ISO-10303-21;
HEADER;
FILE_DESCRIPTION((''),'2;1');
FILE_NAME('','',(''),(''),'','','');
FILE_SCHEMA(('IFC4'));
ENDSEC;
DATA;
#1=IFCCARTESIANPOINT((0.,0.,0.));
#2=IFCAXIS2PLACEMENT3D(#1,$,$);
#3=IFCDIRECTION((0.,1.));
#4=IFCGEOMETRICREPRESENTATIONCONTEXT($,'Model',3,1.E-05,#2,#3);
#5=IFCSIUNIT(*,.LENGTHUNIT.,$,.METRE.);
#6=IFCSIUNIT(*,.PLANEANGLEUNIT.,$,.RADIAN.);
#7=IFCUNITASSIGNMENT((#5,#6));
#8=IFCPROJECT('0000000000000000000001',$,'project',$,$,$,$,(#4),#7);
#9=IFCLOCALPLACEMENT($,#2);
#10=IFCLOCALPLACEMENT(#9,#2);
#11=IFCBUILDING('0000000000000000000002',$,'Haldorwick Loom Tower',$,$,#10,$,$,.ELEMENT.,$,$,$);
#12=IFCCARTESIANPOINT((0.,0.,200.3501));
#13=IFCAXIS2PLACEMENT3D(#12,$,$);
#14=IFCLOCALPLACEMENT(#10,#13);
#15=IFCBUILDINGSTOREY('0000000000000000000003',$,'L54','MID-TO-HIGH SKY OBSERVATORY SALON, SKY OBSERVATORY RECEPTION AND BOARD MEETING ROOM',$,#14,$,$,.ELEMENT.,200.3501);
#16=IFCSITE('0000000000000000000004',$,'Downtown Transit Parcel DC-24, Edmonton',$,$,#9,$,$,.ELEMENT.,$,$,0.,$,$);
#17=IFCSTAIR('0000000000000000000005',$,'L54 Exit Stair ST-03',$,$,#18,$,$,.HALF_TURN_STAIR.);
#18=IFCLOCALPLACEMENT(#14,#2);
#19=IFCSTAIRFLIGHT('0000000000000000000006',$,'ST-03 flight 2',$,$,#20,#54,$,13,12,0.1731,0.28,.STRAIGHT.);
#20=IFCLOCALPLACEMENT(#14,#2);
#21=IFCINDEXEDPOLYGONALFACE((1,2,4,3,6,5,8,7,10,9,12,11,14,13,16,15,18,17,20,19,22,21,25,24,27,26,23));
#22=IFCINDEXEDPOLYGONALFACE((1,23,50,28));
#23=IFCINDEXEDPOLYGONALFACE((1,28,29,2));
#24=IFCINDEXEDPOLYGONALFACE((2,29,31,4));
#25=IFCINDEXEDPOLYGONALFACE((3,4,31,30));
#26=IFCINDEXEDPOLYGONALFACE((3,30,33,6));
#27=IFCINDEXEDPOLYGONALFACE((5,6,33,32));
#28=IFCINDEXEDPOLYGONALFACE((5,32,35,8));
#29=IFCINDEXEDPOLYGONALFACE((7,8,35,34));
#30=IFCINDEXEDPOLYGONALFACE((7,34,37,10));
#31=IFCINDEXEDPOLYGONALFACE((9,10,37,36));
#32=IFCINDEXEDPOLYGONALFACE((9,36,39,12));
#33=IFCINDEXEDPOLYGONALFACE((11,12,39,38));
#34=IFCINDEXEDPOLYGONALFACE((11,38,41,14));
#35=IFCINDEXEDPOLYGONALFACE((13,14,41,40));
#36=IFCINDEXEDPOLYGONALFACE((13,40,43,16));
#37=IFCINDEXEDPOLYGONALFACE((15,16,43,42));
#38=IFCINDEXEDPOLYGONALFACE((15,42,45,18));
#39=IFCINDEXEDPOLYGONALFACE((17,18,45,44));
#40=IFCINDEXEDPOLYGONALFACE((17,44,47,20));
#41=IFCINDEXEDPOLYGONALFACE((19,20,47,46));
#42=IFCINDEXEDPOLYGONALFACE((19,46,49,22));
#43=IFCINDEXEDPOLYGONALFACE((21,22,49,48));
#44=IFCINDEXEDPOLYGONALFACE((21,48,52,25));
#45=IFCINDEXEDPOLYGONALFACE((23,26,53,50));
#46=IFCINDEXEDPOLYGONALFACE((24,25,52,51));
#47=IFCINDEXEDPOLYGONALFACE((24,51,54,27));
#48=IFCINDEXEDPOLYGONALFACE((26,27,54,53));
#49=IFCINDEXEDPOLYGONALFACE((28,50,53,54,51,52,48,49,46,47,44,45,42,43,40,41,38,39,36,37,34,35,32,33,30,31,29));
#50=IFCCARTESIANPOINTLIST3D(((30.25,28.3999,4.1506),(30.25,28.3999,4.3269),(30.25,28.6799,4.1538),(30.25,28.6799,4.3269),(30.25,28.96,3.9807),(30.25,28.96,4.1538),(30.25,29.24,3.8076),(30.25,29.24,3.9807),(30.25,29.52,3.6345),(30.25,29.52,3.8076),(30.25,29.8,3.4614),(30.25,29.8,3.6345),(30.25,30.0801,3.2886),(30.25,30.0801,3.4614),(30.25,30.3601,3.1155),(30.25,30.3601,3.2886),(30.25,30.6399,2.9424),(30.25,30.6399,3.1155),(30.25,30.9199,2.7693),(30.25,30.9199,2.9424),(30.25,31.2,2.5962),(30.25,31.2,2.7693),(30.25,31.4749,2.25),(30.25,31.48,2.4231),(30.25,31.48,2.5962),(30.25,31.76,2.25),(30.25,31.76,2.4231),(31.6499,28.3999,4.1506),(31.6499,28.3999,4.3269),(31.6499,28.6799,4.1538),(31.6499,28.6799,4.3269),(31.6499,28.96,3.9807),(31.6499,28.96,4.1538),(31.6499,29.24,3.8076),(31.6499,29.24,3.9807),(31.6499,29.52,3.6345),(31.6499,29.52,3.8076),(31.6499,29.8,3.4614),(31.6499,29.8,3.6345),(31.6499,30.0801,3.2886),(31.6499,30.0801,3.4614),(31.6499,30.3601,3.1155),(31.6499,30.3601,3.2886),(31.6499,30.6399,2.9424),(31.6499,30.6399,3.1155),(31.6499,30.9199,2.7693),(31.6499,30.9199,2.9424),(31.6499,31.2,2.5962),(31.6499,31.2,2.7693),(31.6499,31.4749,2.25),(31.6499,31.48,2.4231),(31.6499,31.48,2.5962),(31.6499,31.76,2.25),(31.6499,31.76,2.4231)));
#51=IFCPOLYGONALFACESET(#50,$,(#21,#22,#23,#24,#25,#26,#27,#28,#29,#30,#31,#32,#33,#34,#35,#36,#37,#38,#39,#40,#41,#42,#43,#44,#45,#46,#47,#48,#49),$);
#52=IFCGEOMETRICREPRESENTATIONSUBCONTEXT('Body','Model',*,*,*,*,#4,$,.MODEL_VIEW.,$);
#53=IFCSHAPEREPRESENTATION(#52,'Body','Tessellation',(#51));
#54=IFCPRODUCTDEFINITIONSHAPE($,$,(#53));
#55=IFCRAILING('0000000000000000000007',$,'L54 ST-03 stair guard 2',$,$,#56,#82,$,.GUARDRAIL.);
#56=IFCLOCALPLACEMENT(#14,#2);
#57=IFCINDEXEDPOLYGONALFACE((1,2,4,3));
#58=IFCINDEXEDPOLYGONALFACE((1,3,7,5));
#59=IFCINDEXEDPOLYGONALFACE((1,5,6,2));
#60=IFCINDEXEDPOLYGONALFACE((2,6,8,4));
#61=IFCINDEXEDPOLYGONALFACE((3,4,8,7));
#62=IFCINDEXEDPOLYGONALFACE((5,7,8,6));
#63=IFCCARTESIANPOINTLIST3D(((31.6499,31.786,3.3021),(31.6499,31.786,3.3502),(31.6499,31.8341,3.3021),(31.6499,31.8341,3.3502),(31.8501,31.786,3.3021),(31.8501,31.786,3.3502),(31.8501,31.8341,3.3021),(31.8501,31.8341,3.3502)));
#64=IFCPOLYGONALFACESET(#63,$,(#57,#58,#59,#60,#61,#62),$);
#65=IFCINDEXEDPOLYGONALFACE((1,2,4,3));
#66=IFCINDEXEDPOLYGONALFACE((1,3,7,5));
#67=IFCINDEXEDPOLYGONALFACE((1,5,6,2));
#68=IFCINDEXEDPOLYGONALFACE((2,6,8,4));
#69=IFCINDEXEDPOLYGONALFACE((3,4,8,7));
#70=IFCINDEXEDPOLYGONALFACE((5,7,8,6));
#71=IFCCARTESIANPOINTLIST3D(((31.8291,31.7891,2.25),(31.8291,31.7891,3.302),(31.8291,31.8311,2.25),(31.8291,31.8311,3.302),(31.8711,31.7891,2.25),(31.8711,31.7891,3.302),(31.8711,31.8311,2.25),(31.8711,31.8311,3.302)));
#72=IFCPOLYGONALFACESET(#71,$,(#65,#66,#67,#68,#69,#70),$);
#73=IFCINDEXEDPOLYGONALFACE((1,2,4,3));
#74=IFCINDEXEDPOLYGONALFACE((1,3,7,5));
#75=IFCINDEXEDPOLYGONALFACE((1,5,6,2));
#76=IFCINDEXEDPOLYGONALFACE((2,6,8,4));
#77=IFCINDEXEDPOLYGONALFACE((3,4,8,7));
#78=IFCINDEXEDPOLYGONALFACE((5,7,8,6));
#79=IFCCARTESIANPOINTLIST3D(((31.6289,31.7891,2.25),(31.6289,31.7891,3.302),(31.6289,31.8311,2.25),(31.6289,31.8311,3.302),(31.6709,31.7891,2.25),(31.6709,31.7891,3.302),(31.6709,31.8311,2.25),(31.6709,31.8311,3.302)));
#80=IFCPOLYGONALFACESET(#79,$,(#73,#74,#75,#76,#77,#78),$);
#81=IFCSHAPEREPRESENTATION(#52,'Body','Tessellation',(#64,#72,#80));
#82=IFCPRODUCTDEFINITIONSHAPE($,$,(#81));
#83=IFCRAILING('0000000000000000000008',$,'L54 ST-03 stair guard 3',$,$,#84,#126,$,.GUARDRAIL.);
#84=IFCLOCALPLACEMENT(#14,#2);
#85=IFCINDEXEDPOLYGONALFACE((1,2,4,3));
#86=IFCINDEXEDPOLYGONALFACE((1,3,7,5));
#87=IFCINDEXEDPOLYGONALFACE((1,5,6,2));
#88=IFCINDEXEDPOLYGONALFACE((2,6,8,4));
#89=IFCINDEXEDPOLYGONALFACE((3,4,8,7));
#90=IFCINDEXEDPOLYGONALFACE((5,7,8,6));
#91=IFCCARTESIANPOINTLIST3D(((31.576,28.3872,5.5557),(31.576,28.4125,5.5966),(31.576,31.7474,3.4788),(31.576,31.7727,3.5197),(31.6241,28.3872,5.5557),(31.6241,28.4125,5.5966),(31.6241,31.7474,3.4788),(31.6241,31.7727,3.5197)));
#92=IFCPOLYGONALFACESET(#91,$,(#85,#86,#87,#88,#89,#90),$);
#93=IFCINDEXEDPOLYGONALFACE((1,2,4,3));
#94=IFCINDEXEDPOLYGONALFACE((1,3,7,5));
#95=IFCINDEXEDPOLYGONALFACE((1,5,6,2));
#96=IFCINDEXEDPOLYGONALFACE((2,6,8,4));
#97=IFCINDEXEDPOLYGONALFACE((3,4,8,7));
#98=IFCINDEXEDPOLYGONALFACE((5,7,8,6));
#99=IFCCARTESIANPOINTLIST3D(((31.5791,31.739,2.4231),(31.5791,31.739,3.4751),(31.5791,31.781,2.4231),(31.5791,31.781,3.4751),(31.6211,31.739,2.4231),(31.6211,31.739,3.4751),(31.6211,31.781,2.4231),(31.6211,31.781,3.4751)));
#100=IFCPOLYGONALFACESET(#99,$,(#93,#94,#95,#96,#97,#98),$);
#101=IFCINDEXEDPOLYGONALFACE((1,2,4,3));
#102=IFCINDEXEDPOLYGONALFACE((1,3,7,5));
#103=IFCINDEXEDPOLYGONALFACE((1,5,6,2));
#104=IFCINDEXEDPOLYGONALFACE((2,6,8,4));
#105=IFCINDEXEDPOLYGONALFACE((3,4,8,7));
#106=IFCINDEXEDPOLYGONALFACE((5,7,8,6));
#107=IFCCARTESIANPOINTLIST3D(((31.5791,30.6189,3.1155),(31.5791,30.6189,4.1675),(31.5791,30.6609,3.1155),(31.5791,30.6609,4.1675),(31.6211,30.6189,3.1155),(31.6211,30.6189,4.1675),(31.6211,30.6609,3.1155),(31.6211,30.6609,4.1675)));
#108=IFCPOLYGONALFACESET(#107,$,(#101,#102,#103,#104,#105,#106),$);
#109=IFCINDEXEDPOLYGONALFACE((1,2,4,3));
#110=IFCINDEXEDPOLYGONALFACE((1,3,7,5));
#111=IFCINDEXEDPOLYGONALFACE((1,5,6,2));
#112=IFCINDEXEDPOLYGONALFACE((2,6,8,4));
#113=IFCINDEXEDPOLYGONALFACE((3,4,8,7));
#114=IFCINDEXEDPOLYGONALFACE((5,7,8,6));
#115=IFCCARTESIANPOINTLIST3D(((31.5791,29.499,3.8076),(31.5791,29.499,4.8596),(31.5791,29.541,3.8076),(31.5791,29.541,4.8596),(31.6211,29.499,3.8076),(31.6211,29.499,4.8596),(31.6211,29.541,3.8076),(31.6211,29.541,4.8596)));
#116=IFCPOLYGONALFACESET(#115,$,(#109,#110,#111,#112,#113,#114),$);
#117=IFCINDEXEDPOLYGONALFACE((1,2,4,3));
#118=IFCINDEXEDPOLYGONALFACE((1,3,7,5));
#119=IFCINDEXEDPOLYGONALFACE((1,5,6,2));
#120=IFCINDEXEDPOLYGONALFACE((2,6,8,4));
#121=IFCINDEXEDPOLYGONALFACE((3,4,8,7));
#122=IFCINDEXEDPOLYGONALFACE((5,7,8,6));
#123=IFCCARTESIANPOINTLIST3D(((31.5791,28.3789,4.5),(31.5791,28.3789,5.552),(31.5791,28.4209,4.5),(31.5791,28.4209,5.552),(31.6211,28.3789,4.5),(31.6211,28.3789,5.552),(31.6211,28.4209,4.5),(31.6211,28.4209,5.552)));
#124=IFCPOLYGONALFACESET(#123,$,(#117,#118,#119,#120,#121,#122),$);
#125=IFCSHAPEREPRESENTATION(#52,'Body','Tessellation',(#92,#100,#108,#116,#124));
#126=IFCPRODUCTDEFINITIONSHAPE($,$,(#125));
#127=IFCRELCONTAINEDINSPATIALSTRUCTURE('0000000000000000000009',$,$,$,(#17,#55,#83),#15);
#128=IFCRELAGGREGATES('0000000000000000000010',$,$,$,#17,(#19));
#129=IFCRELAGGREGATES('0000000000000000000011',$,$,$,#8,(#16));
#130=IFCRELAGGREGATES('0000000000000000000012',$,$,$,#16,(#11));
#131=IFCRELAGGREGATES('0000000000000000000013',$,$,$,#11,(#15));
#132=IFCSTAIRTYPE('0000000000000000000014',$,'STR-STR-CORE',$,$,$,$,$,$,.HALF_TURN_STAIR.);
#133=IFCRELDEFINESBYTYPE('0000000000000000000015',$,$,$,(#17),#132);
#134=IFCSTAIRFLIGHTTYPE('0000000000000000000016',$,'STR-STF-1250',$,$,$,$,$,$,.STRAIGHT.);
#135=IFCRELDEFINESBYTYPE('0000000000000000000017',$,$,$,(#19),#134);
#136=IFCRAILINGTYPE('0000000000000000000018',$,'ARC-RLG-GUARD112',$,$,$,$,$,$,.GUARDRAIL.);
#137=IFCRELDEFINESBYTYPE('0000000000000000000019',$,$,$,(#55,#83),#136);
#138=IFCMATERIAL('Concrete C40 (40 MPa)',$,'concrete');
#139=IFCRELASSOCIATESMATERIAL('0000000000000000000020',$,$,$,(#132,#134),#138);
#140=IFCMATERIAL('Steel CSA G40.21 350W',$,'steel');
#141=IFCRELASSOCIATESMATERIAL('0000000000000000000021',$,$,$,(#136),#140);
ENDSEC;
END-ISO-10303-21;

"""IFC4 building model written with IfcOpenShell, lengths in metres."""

from ifc_helpers import new_model, si_unit, direction, frame, origin, origin_2d, place, context, subcontext, project, spatial, polyline, rectangle, outline, extrude, material, type_object, element, aggregate, save


model = new_model("IFC4")

# Units and contexts
model_context = context("Model", 3, precision=1e-05, world=origin(), true_north=direction((0.0, 1.0)))
body_context = subcontext(model_context, "Body", "Model", "MODEL_VIEW")
ifc_project = project(units=[si_unit("LENGTHUNIT", "METRE"), si_unit("PLANEANGLEUNIT", "RADIAN")], contexts=[model_context])

# Site, building, storey
site_placement = place(None, origin())
site = spatial("IfcSite", under=ifc_project, at=site_placement, Name="Downtown Transit Parcel DC-24, Edmonton", CompositionType="ELEMENT", RefElevation=0.0)
building_placement = place(site_placement, origin())
building = spatial("IfcBuilding", under=site, at=building_placement, Name="Haldorwick Loom Tower", CompositionType="ELEMENT")
storey_placement = place(building_placement, frame((0.0, 0.0, 200.3501)))
storey = spatial("IfcBuildingStorey", under=building, at=storey_placement, Name="L54", Description="MID-TO-HIGH SKY OBSERVATORY SALON, SKY OBSERVATORY RECEPTION AND BOARD MEETING ROOM", CompositionType="ELEMENT", Elevation=200.3501)

# Shared definitions
ifc_material_1 = material(Name="Steel CSA G40.21 350W", Category="steel")

# Stair, stair flight
ifc_material_2 = material(Name="Concrete C40 (40 MPa)", Category="concrete")
stair_type = type_object("IfcStairType", Name="STR-STR-CORE", PredefinedType="HALF_TURN_STAIR", material=ifc_material_2)
stair_placement = place(storey_placement, origin())
stair = element("IfcStair", 1, at=stair_placement, inside=storey, type_object=stair_type, Name="L54 Exit Stair ST-03", PredefinedType="HALF_TURN_STAIR")
stair_flight_type = type_object("IfcStairFlightType", Name="STR-STF-1250", PredefinedType="STRAIGHT", material=ifc_material_2)
stair_flight_placement = place(storey_placement, frame((30.95, 31.76, 2.25), z_axis=(0.0, 0.0, 1.0), x_axis=(0.0, -1.0, 0.0)))
stair_flight = element("IfcStairFlight", 2, at=stair_flight_placement, type_object=stair_flight_type, Name="ST-03 flight 2", NumberOfRisers=13, NumberOfTreads=12, PredefinedType="STRAIGHT", RiserHeight=0.1731, TreadLength=0.28, context=body_context, shape_type="SweptSolid", body=[
    extrude(outline(polyline([(0.0, 0.0), (0.0, 0.1731), (0.28, 0.1731), (0.28, 0.3462), (0.5601, 0.3462), (0.5601, 0.5193), (0.8401, 0.5193), (0.8401, 0.6924), (1.1201, 0.6924), (1.1201, 0.8655), (1.3999, 0.8655), (1.3999, 1.0386), (1.6799, 1.0386), (1.6799, 1.2114), (1.96, 1.2114), (1.96, 1.3845), (2.24, 1.3845), (2.24, 1.5576), (2.52, 1.5576), (2.52, 1.7307), (2.8, 1.7307), (2.8, 1.9038), (3.0801, 1.9038), (3.0801, 2.0769), (3.3601, 2.0769), (3.3601, 2.25), (3.3601, 1.9006), (0.2852, 0.0), (0.0, 0.0)])), frame((0.0, 0.7, 0.0), z_axis=(0.0, -1.0, 0.0), x_axis=(1.0, 0.0, 0.0)), (0.0, 0.0, 1.0), 1.3999),
])
aggregate(stair, [stair_flight])

# Railings
railing_type = type_object("IfcRailingType", Name="ARC-RLG-GUARD112", PredefinedType="GUARDRAIL", material=ifc_material_1)
railing_1_placement = place(storey_placement, frame((31.8501, 31.8101, 2.25)))
element("IfcRailing", 3, at=railing_1_placement, inside=storey, type_object=railing_type, Name="L54 ST-03 stair guard 2", PredefinedType="GUARDRAIL", context=body_context, shape_type="SweptSolid", body=[
    extrude(rectangle(XDim=0.0481, YDim=0.0481, at=origin_2d()), frame((0.0, 0.0, 1.0762), z_axis=(-1.0, 0.0, 0.0), x_axis=(0.0, -1.0, 0.0)), (0.0, 0.0, 1.0), 0.2002),
    extrude(rectangle(XDim=0.042, YDim=0.042, at=origin_2d()), origin(), (0.0, 0.0, 1.0), 1.052),
    extrude(rectangle(XDim=0.042, YDim=0.042, at=origin_2d()), frame((-0.2002, 0.0, 0.0)), (0.0, 0.0, 1.0), 1.052),
])
railing_2_placement = place(storey_placement, frame((31.6001, 31.76, 2.4231)))
element("IfcRailing", 4, at=railing_2_placement, inside=storey, type_object=railing_type, Name="L54 ST-03 stair guard 3", PredefinedType="GUARDRAIL", context=body_context, shape_type="SweptSolid", body=[
    extrude(rectangle(XDim=0.0481, YDim=0.0481, at=origin_2d()), frame((0.0, 0.0, 1.0762), z_axis=(0.0, -0.850623, 0.525776), x_axis=(1.0, 0.0, 0.0)), (0.0, 0.0, 1.0), 3.9502),
    extrude(rectangle(XDim=0.042, YDim=0.042, at=origin_2d()), origin(), (0.0, 0.0, 1.0), 1.052),
    extrude(rectangle(XDim=0.042, YDim=0.042, at=origin_2d()), frame((0.0, -1.1201, 0.6924)), (0.0, 0.0, 1.0), 1.052),
    extrude(rectangle(XDim=0.042, YDim=0.042, at=origin_2d()), frame((0.0, -2.24, 1.3845)), (0.0, 0.0, 1.0), 1.052),
    extrude(rectangle(XDim=0.042, YDim=0.042, at=origin_2d()), frame((0.0, -3.3601, 2.0769)), (0.0, 0.0, 1.0), 1.052),
])

save(model, "model.ifc")
